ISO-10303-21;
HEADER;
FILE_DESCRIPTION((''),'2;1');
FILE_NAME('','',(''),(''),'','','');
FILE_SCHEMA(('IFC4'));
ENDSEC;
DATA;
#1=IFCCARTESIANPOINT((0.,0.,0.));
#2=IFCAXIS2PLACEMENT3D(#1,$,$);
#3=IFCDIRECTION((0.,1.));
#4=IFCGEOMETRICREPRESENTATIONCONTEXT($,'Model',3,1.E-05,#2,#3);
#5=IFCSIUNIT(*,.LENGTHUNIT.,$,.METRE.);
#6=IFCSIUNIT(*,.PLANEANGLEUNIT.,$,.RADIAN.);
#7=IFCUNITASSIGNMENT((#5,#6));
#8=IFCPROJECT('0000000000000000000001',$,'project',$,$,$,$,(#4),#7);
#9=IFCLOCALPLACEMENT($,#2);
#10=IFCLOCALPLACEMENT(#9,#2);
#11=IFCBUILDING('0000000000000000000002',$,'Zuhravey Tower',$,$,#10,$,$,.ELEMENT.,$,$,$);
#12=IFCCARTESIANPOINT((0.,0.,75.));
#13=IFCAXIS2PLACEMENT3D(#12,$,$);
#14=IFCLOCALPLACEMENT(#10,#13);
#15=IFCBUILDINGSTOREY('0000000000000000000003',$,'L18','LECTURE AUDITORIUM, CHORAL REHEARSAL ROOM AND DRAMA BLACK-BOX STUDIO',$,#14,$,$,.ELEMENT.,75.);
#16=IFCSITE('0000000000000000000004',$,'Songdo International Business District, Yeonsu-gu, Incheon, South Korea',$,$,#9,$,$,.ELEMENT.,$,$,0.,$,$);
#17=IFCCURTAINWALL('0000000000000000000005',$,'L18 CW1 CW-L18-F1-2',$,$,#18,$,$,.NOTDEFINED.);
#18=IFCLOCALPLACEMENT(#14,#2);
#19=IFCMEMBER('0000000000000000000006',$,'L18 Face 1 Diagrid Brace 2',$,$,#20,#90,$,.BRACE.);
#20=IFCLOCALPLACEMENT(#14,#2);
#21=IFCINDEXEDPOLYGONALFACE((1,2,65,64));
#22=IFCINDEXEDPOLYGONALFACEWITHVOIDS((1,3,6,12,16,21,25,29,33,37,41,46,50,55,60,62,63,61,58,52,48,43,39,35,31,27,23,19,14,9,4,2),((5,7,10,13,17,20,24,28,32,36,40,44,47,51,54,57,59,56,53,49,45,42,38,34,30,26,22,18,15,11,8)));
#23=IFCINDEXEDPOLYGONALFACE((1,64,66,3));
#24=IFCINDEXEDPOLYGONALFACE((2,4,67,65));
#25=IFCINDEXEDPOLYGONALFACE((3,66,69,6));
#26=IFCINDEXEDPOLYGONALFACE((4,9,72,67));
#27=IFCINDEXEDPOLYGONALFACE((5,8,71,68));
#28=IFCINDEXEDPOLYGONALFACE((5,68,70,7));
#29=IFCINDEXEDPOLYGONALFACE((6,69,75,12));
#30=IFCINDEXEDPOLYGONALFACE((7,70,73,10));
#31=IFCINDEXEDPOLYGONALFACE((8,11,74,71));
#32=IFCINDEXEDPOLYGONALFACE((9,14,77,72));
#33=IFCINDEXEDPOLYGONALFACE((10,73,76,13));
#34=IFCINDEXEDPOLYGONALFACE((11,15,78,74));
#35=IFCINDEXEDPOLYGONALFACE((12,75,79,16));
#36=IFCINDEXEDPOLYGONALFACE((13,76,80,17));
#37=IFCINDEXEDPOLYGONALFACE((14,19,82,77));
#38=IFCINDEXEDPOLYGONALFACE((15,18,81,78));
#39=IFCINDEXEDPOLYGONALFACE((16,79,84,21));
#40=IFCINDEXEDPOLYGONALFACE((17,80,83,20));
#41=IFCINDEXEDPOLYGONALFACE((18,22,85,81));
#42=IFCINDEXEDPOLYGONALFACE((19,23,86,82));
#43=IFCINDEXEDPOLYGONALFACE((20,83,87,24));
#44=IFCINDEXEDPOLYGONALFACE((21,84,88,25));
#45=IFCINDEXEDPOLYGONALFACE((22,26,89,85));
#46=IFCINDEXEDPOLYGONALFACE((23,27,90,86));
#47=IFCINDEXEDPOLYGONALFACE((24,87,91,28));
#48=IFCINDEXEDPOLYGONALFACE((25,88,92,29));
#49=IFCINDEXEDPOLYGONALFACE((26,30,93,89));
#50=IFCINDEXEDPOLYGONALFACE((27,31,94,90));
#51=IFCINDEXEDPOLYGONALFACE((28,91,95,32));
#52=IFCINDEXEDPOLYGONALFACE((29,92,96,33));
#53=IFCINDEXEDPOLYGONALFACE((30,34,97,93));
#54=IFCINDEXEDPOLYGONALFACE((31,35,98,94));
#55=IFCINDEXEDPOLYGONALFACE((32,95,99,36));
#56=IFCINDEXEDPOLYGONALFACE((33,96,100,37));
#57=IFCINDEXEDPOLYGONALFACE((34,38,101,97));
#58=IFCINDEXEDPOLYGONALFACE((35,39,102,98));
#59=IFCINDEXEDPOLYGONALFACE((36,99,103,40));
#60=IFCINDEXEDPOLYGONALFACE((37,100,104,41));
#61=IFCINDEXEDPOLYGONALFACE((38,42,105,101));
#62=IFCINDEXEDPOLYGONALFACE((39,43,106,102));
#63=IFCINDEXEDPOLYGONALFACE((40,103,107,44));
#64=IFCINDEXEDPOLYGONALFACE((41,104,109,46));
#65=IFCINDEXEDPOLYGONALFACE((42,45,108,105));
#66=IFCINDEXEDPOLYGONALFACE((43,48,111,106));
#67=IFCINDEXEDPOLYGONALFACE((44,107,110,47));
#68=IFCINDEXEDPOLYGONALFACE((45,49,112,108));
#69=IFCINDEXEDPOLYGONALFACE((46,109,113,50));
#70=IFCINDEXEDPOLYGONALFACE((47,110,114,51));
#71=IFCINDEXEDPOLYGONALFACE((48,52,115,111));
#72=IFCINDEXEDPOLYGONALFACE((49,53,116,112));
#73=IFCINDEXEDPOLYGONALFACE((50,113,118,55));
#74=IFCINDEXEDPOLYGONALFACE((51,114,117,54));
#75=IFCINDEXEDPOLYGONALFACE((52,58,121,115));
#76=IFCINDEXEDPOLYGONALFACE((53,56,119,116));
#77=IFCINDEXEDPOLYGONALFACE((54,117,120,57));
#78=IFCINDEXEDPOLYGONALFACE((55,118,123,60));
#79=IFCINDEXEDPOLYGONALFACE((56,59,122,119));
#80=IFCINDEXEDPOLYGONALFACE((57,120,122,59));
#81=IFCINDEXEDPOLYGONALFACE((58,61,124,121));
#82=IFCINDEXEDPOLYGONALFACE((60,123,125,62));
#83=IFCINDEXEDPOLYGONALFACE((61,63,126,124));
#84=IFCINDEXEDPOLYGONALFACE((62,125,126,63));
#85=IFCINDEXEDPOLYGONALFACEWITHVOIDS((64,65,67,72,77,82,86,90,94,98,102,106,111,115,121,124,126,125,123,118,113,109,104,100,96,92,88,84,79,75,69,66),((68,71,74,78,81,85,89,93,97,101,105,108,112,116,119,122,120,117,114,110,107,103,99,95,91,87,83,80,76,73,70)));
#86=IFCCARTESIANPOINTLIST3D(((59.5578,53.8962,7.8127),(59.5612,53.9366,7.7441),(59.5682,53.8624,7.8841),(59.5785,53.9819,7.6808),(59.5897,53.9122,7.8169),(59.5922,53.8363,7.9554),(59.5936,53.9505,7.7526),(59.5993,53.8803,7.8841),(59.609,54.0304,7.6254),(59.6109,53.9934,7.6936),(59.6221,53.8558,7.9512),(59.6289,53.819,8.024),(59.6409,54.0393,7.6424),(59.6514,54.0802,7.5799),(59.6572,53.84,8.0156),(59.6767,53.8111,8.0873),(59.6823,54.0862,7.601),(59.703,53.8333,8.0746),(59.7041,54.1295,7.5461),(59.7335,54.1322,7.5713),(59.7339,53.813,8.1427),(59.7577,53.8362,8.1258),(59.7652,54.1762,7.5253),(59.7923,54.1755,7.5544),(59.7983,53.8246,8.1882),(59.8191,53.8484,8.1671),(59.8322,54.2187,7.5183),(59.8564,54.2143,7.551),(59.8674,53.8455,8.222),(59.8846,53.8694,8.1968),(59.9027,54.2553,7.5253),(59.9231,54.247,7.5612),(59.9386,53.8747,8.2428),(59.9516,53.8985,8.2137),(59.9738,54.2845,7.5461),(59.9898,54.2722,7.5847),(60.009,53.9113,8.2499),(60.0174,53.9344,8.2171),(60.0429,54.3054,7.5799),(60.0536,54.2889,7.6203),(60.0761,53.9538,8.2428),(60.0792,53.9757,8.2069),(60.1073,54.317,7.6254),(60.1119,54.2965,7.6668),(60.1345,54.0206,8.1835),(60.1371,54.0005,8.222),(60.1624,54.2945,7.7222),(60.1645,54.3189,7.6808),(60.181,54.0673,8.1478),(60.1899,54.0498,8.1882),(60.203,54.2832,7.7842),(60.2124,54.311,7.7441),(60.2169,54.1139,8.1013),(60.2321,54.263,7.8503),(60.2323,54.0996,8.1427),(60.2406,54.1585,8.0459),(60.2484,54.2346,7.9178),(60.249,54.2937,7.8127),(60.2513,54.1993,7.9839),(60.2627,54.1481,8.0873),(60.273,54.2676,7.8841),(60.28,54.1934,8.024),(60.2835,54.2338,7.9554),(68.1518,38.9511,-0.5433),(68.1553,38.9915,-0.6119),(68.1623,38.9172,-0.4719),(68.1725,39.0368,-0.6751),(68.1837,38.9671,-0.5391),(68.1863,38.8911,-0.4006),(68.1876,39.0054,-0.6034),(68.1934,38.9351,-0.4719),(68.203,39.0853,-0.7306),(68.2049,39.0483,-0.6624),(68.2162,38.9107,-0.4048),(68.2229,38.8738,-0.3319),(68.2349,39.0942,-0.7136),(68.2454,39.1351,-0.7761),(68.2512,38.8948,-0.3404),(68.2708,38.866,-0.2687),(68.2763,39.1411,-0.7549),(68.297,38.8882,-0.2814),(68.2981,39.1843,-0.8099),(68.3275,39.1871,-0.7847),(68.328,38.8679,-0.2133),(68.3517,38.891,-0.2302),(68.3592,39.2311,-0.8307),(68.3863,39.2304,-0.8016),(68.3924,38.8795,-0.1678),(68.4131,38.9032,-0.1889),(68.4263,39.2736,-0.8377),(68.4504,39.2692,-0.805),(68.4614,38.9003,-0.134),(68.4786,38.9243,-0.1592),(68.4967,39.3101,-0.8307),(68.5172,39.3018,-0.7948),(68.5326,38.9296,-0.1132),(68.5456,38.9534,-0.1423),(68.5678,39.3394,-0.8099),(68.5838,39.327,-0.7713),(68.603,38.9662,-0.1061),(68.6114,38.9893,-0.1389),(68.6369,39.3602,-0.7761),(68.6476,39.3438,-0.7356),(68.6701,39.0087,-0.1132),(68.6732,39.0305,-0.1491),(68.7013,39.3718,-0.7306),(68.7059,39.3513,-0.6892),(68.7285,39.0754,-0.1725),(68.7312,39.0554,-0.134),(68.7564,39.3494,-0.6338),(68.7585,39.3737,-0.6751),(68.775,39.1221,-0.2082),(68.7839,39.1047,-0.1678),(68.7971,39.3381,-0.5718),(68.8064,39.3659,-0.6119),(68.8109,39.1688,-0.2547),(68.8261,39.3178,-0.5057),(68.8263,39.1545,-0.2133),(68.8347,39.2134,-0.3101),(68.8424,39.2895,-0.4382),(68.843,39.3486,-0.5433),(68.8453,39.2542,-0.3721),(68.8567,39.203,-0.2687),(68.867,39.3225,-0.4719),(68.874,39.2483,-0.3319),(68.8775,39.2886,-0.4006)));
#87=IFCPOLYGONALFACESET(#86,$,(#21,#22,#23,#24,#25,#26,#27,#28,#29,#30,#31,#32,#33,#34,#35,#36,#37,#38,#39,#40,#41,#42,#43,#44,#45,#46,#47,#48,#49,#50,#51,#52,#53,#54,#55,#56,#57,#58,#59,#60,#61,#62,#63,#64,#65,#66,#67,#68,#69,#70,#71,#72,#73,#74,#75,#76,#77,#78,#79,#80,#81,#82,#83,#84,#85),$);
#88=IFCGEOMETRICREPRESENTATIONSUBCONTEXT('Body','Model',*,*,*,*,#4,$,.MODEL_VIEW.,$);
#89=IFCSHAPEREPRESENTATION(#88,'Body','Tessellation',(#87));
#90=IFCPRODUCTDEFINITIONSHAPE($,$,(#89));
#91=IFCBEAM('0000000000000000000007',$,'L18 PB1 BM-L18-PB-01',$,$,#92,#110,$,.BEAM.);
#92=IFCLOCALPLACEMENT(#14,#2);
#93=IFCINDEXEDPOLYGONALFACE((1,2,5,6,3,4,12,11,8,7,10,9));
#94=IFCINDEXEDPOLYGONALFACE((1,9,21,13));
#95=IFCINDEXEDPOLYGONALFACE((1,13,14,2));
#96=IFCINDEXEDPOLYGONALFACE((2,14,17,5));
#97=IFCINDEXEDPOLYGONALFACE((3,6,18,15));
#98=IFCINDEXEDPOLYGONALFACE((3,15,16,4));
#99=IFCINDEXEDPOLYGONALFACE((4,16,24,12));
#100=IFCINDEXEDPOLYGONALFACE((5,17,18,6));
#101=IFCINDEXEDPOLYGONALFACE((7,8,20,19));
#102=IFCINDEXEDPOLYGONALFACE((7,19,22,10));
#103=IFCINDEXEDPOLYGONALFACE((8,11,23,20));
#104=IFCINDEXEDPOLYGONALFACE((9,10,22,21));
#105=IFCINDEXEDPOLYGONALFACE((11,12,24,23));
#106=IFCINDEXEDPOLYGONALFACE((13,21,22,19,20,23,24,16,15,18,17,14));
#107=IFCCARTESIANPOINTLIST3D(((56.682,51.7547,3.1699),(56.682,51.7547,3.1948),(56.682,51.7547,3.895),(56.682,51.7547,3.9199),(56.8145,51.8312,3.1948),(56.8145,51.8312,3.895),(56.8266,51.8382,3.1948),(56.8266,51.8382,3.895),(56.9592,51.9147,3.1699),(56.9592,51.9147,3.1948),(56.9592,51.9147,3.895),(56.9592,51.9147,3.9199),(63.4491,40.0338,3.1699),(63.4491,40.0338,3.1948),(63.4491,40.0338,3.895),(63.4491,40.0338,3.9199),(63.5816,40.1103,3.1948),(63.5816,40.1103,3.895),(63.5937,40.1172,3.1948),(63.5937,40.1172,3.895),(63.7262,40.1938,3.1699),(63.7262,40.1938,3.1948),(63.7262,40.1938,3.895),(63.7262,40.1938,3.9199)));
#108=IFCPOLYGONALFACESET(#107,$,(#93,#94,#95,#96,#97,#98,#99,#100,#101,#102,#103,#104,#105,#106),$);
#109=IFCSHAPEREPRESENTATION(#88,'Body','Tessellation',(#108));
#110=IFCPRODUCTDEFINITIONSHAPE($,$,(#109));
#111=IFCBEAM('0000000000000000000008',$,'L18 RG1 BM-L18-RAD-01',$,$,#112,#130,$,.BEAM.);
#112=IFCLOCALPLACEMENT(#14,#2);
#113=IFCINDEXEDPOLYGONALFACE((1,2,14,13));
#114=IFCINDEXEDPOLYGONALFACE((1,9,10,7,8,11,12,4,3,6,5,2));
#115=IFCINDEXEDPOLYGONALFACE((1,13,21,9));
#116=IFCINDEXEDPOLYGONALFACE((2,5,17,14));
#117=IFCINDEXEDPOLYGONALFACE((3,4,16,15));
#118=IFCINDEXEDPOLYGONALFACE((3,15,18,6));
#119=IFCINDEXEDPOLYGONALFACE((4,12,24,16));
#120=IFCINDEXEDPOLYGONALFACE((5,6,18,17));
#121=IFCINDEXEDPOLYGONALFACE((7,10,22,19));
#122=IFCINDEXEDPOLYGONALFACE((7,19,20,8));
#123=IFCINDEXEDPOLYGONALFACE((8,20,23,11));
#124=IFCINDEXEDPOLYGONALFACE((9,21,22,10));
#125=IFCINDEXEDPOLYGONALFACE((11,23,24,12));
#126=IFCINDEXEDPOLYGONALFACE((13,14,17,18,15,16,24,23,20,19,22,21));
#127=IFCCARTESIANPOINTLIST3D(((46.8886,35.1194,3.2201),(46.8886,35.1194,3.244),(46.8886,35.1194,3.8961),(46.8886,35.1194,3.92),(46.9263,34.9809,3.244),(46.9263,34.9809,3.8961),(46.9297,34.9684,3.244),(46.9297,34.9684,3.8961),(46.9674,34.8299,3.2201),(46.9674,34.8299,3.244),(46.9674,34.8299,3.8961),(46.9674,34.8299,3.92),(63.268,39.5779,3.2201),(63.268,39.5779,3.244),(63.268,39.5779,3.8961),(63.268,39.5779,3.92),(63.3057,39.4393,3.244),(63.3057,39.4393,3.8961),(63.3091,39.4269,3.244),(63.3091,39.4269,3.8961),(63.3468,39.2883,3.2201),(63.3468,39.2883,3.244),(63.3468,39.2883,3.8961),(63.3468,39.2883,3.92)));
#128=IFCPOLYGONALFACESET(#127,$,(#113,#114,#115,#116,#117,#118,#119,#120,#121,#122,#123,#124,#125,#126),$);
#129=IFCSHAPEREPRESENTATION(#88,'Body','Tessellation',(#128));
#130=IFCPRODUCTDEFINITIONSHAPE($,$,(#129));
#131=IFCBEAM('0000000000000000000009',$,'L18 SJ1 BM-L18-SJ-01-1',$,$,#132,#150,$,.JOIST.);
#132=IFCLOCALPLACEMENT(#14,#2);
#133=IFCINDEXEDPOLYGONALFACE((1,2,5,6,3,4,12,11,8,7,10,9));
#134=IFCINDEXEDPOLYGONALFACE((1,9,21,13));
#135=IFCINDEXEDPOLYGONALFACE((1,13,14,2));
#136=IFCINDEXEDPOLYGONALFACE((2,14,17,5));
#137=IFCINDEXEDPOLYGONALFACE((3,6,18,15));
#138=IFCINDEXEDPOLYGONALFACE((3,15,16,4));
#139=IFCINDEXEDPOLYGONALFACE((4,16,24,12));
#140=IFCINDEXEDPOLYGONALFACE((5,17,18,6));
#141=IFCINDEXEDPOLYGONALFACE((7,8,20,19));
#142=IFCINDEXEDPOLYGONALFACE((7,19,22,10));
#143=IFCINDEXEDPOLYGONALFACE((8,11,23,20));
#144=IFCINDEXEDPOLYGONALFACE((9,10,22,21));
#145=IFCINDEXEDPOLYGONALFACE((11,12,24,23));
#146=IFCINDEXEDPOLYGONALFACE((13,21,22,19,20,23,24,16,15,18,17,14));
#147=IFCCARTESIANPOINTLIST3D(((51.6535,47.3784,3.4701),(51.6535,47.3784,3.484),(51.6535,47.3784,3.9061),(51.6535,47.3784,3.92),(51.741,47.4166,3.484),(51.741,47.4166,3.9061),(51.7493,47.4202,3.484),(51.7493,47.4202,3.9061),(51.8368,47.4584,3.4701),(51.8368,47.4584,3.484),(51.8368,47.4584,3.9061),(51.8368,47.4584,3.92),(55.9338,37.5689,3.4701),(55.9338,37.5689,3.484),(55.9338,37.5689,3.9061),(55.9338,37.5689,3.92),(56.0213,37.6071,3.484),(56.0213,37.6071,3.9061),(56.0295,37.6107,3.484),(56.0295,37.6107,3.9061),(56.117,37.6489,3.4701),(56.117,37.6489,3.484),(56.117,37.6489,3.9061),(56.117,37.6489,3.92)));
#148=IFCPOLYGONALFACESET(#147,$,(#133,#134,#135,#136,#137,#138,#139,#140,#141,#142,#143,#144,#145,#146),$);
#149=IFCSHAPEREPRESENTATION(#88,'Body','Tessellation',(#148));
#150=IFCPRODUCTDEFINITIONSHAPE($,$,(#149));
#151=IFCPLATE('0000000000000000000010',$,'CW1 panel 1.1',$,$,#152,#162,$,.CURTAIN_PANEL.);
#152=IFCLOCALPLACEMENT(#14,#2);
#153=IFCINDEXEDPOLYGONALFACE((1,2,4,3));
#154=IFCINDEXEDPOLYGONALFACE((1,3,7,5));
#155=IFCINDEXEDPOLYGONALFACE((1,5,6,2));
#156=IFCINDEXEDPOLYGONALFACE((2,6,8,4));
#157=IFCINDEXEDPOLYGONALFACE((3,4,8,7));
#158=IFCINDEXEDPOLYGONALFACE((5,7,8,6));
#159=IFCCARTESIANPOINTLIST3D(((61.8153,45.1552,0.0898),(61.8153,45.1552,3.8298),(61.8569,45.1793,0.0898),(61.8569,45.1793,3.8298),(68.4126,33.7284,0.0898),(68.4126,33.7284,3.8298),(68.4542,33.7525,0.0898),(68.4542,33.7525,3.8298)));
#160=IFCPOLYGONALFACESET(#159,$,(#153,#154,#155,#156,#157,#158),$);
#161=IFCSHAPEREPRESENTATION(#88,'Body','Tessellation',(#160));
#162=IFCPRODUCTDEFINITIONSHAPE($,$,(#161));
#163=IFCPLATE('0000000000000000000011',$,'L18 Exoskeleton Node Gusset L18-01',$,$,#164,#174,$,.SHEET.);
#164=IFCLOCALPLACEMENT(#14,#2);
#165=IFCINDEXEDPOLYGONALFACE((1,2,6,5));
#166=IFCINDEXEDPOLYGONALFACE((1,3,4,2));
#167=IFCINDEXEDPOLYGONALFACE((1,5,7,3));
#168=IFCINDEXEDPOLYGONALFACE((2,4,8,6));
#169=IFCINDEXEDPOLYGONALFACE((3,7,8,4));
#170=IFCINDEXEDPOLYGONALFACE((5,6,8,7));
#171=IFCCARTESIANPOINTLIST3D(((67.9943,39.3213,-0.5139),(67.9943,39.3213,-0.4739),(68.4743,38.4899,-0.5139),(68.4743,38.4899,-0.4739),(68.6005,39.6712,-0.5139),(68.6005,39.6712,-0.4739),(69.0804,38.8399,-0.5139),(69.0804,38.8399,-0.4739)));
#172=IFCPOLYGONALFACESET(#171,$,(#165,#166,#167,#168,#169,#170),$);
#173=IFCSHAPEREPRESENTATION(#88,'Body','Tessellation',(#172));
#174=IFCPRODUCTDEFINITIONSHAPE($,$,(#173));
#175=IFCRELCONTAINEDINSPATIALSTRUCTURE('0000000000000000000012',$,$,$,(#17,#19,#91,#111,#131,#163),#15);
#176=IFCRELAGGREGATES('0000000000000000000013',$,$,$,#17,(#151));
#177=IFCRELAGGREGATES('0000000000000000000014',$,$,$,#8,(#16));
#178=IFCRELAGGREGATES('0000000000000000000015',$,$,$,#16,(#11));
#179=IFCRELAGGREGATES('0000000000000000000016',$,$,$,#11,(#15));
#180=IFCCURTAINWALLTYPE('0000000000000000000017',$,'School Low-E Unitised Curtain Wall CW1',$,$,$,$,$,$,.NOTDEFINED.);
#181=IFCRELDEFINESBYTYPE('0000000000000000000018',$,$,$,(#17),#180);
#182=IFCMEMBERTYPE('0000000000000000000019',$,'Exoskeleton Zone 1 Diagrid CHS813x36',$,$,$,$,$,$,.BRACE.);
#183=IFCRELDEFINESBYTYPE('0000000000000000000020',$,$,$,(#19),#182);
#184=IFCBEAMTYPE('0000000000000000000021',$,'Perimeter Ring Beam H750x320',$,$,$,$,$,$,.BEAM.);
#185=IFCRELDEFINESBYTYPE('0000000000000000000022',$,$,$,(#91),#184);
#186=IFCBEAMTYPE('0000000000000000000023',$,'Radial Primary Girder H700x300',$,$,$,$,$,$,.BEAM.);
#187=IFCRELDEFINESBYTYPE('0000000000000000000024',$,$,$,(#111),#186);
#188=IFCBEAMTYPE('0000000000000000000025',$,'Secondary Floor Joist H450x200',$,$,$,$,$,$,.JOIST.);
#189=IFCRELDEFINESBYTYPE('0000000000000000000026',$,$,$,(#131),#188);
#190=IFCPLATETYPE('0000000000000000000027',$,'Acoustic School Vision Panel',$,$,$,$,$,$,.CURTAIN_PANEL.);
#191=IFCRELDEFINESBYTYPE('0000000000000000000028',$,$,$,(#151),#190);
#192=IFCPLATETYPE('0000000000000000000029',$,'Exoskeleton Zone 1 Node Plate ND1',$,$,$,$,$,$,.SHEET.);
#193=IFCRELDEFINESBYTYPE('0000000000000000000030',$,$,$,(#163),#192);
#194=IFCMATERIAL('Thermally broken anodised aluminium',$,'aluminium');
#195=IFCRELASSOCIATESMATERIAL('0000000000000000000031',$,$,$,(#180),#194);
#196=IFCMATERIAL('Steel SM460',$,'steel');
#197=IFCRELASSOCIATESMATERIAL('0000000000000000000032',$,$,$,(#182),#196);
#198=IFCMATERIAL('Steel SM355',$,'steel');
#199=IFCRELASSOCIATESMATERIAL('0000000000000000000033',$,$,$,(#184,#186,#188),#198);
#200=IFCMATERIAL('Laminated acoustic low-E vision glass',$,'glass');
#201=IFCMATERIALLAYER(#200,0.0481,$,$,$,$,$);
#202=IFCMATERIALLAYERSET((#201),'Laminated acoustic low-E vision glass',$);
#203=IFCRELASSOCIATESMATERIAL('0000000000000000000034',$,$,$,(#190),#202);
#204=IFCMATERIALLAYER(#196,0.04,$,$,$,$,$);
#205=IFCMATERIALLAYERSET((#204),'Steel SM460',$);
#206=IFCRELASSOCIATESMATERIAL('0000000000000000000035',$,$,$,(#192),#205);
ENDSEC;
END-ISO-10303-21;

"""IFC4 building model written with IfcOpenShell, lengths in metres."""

from ifc_helpers import new_model, si_unit, direction, frame, origin, origin_2d, place, context, subcontext, project, spatial, rectangle, hollow_circle, i_section, extrude, material, layer, layer_set, material_profile, profile_set, type_object, element, aggregate, save


model = new_model("IFC4")

# Units and contexts
model_context = context("Model", 3, precision=1e-05, world=origin(), true_north=direction((0.0, 1.0)))
body_context = subcontext(model_context, "Body", "Model", "MODEL_VIEW")
ifc_project = project(units=[si_unit("LENGTHUNIT", "METRE"), si_unit("PLANEANGLEUNIT", "RADIAN")], contexts=[model_context])

# Site, building, storey
site_placement = place(None, origin())
site = spatial("IfcSite", under=ifc_project, at=site_placement, Name="Songdo International Business District, Yeonsu-gu, Incheon, South Korea", CompositionType="ELEMENT", RefElevation=0.0)
building_placement = place(site_placement, origin())
building = spatial("IfcBuilding", under=site, at=building_placement, Name="Zuhravey Tower", CompositionType="ELEMENT")
storey_placement = place(building_placement, frame((0.0, 0.0, 75.0)))
storey = spatial("IfcBuildingStorey", under=building, at=storey_placement, Name="L18", Description="LECTURE AUDITORIUM, CHORAL REHEARSAL ROOM AND DRAMA BLACK-BOX STUDIO", CompositionType="ELEMENT", Elevation=75.0)

# Curtain wall
ifc_material_1 = material(Name="Thermally broken anodised aluminium", Category="aluminium")
curtain_wall_type = type_object("IfcCurtainWallType", Name="School Low-E Unitised Curtain Wall CW1", PredefinedType="NOTDEFINED", material=ifc_material_1)
curtain_wall_placement = place(storey_placement, origin())
curtain_wall = element("IfcCurtainWall", 1, at=curtain_wall_placement, inside=storey, type_object=curtain_wall_type, Name="L18 CW1 CW-L18-F1-2", PredefinedType="NOTDEFINED")

# Member
ifc_material_2 = material(Name="Steel SM355", Category="steel")
ifc_material_3 = material(Name="Steel SM460", Category="steel")
ifc_material_profile_1 = material_profile(ifc_material_3, hollow_circle(Radius=0.4065, WallThickness=0.0359, at=origin_2d()), Name="CHS-812.8x36")
ifc_profile_set_1 = profile_set([ifc_material_profile_1], Name="Steel SM460")
member_type_1 = type_object("IfcMemberType", Name="Exoskeleton Zone 1 Diagrid CHS813x36", PredefinedType="BRACE", material=ifc_profile_set_1)
member_1_placement = place(storey_placement, frame((68.5146, 39.1199, -0.4719), z_axis=(-0.448582, 0.78009, 0.436157), x_axis=(-0.866892, -0.498496, 0.0)))
element("IfcMember", 2, at=member_1_placement, inside=storey, type_object=member_type_1, Name="L18 Face 1 Diagrid Brace 2", PredefinedType="BRACE", context=body_context, shape_type="SweptSolid", body=[
    extrude(hollow_circle(Radius=0.4065, WallThickness=0.0359, at=origin_2d()), origin(), (0.0, 0.0, 1.0), 19.1582),
])

# Beams
ifc_material_profile_2 = material_profile(ifc_material_2, i_section(OverallWidth=0.3201, OverallDepth=0.75, WebThickness=0.0139, FlangeThickness=0.0249, at=origin_2d()), Name="H-750x320x14x25")
ifc_profile_set_2 = profile_set([ifc_material_profile_2], Name="Steel SM355")
beam_type_1 = type_object("IfcBeamType", Name="Perimeter Ring Beam H750x320", PredefinedType="BEAM", material=ifc_profile_set_2)
beam_1_placement = place(storey_placement, frame((63.5876, 40.1138, 3.5449), z_axis=(-0.5, 0.866025, 0.0), x_axis=(-0.866025, -0.5, 0.0)))
element("IfcBeam", 3, at=beam_1_placement, inside=storey, type_object=beam_type_1, Name="L18 PB1 BM-L18-PB-01", PredefinedType="BEAM", context=body_context, shape_type="SweptSolid", body=[
    extrude(i_section(OverallWidth=0.3201, OverallDepth=0.75, WebThickness=0.0139, FlangeThickness=0.0249, at=origin_2d()), origin(), (0.0, 0.0, 1.0), 13.5342),
])
ifc_material_profile_3 = material_profile(ifc_material_2, i_section(OverallWidth=0.3, OverallDepth=0.7, WebThickness=0.0129, FlangeThickness=0.0239, at=origin_2d()), Name="H-700x300x13x24")
ifc_profile_set_3 = profile_set([ifc_material_profile_3], Name="Steel SM355")
beam_type_2 = type_object("IfcBeamType", Name="Radial Primary Girder H700x300", PredefinedType="BEAM", material=ifc_profile_set_3)
beam_2_placement = place(storey_placement, frame((46.928, 34.9746, 3.5701), z_axis=(0.964892, 0.262645, 0.0), x_axis=(-0.262645, 0.964892, 0.0)))
element("IfcBeam", 4, at=beam_2_placement, inside=storey, type_object=beam_type_2, Name="L18 RG1 BM-L18-RAD-01", PredefinedType="BEAM", context=body_context, shape_type="SweptSolid", body=[
    extrude(i_section(OverallWidth=0.3, OverallDepth=0.7, WebThickness=0.0129, FlangeThickness=0.0239, at=origin_2d()), origin(), (0.0, 0.0, 1.0), 16.9753),
])
ifc_material_profile_4 = material_profile(ifc_material_2, i_section(OverallWidth=0.2, OverallDepth=0.45, WebThickness=0.009, FlangeThickness=0.0139, at=origin_2d()), Name="H-450x200x9x14")
ifc_profile_set_4 = profile_set([ifc_material_profile_4], Name="Steel SM355")
beam_type_3 = type_object("IfcBeamType", Name="Secondary Floor Joist H450x200", PredefinedType="JOIST", material=ifc_profile_set_4)
beam_3_placement = place(storey_placement, frame((56.0254, 37.6089, 3.6951), z_axis=(-0.399924, 0.916549, 0.0), x_axis=(-0.916549, -0.399924, 0.0)))
element("IfcBeam", 5, at=beam_3_placement, inside=storey, type_object=beam_type_3, Name="L18 SJ1 BM-L18-SJ-01-1", PredefinedType="JOIST", context=body_context, shape_type="SweptSolid", body=[
    extrude(i_section(OverallWidth=0.2, OverallDepth=0.45, WebThickness=0.009, FlangeThickness=0.0139, at=origin_2d()), origin(), (0.0, 0.0, 1.0), 10.7026),
])

# Plates
ifc_material_4 = material(Name="Laminated acoustic low-E vision glass", Category="glass")
ifc_layer_1 = layer(ifc_material_4, 0.0481)
ifc_layer_set_1 = layer_set([ifc_layer_1], Name="Laminated acoustic low-E vision glass")
plate_type_1 = type_object("IfcPlateType", Name="Acoustic School Vision Panel", PredefinedType="CURTAIN_PANEL", material=ifc_layer_set_1)
plate_1_placement = place(storey_placement, frame((65.1348, 39.4539, 0.0898), z_axis=(0.0, 0.0, 1.0), x_axis=(0.500001, -0.866025, 0.0)))
plate_1 = element("IfcPlate", 6, at=plate_1_placement, type_object=plate_type_1, Name="CW1 panel 1.1", PredefinedType="CURTAIN_PANEL", context=body_context, shape_type="SweptSolid", body=[
    extrude(rectangle(XDim=13.1946, YDim=0.0481, at=origin_2d()), origin(), (0.0, 0.0, 1.0), 3.74),
])
aggregate(curtain_wall, [plate_1])
ifc_layer_2 = layer(ifc_material_3, 0.04)
ifc_layer_set_2 = layer_set([ifc_layer_2], Name="Steel SM460")
plate_type_2 = type_object("IfcPlateType", Name="Exoskeleton Zone 1 Node Plate ND1", PredefinedType="SHEET", material=ifc_layer_set_2)
plate_2_placement = place(storey_placement, frame((68.5374, 39.0806, -0.5139), z_axis=(0.0, 0.0, 1.0), x_axis=(-0.5, 0.866025, 0.0)))
element("IfcPlate", 7, at=plate_2_placement, inside=storey, type_object=plate_type_2, Name="L18 Exoskeleton Node Gusset L18-01", PredefinedType="SHEET", context=body_context, shape_type="SweptSolid", body=[
    extrude(rectangle(XDim=0.96, YDim=0.7, at=origin_2d()), origin(), (0.0, 0.0, 1.0), 0.04),
])

save(model, "model.ifc")
